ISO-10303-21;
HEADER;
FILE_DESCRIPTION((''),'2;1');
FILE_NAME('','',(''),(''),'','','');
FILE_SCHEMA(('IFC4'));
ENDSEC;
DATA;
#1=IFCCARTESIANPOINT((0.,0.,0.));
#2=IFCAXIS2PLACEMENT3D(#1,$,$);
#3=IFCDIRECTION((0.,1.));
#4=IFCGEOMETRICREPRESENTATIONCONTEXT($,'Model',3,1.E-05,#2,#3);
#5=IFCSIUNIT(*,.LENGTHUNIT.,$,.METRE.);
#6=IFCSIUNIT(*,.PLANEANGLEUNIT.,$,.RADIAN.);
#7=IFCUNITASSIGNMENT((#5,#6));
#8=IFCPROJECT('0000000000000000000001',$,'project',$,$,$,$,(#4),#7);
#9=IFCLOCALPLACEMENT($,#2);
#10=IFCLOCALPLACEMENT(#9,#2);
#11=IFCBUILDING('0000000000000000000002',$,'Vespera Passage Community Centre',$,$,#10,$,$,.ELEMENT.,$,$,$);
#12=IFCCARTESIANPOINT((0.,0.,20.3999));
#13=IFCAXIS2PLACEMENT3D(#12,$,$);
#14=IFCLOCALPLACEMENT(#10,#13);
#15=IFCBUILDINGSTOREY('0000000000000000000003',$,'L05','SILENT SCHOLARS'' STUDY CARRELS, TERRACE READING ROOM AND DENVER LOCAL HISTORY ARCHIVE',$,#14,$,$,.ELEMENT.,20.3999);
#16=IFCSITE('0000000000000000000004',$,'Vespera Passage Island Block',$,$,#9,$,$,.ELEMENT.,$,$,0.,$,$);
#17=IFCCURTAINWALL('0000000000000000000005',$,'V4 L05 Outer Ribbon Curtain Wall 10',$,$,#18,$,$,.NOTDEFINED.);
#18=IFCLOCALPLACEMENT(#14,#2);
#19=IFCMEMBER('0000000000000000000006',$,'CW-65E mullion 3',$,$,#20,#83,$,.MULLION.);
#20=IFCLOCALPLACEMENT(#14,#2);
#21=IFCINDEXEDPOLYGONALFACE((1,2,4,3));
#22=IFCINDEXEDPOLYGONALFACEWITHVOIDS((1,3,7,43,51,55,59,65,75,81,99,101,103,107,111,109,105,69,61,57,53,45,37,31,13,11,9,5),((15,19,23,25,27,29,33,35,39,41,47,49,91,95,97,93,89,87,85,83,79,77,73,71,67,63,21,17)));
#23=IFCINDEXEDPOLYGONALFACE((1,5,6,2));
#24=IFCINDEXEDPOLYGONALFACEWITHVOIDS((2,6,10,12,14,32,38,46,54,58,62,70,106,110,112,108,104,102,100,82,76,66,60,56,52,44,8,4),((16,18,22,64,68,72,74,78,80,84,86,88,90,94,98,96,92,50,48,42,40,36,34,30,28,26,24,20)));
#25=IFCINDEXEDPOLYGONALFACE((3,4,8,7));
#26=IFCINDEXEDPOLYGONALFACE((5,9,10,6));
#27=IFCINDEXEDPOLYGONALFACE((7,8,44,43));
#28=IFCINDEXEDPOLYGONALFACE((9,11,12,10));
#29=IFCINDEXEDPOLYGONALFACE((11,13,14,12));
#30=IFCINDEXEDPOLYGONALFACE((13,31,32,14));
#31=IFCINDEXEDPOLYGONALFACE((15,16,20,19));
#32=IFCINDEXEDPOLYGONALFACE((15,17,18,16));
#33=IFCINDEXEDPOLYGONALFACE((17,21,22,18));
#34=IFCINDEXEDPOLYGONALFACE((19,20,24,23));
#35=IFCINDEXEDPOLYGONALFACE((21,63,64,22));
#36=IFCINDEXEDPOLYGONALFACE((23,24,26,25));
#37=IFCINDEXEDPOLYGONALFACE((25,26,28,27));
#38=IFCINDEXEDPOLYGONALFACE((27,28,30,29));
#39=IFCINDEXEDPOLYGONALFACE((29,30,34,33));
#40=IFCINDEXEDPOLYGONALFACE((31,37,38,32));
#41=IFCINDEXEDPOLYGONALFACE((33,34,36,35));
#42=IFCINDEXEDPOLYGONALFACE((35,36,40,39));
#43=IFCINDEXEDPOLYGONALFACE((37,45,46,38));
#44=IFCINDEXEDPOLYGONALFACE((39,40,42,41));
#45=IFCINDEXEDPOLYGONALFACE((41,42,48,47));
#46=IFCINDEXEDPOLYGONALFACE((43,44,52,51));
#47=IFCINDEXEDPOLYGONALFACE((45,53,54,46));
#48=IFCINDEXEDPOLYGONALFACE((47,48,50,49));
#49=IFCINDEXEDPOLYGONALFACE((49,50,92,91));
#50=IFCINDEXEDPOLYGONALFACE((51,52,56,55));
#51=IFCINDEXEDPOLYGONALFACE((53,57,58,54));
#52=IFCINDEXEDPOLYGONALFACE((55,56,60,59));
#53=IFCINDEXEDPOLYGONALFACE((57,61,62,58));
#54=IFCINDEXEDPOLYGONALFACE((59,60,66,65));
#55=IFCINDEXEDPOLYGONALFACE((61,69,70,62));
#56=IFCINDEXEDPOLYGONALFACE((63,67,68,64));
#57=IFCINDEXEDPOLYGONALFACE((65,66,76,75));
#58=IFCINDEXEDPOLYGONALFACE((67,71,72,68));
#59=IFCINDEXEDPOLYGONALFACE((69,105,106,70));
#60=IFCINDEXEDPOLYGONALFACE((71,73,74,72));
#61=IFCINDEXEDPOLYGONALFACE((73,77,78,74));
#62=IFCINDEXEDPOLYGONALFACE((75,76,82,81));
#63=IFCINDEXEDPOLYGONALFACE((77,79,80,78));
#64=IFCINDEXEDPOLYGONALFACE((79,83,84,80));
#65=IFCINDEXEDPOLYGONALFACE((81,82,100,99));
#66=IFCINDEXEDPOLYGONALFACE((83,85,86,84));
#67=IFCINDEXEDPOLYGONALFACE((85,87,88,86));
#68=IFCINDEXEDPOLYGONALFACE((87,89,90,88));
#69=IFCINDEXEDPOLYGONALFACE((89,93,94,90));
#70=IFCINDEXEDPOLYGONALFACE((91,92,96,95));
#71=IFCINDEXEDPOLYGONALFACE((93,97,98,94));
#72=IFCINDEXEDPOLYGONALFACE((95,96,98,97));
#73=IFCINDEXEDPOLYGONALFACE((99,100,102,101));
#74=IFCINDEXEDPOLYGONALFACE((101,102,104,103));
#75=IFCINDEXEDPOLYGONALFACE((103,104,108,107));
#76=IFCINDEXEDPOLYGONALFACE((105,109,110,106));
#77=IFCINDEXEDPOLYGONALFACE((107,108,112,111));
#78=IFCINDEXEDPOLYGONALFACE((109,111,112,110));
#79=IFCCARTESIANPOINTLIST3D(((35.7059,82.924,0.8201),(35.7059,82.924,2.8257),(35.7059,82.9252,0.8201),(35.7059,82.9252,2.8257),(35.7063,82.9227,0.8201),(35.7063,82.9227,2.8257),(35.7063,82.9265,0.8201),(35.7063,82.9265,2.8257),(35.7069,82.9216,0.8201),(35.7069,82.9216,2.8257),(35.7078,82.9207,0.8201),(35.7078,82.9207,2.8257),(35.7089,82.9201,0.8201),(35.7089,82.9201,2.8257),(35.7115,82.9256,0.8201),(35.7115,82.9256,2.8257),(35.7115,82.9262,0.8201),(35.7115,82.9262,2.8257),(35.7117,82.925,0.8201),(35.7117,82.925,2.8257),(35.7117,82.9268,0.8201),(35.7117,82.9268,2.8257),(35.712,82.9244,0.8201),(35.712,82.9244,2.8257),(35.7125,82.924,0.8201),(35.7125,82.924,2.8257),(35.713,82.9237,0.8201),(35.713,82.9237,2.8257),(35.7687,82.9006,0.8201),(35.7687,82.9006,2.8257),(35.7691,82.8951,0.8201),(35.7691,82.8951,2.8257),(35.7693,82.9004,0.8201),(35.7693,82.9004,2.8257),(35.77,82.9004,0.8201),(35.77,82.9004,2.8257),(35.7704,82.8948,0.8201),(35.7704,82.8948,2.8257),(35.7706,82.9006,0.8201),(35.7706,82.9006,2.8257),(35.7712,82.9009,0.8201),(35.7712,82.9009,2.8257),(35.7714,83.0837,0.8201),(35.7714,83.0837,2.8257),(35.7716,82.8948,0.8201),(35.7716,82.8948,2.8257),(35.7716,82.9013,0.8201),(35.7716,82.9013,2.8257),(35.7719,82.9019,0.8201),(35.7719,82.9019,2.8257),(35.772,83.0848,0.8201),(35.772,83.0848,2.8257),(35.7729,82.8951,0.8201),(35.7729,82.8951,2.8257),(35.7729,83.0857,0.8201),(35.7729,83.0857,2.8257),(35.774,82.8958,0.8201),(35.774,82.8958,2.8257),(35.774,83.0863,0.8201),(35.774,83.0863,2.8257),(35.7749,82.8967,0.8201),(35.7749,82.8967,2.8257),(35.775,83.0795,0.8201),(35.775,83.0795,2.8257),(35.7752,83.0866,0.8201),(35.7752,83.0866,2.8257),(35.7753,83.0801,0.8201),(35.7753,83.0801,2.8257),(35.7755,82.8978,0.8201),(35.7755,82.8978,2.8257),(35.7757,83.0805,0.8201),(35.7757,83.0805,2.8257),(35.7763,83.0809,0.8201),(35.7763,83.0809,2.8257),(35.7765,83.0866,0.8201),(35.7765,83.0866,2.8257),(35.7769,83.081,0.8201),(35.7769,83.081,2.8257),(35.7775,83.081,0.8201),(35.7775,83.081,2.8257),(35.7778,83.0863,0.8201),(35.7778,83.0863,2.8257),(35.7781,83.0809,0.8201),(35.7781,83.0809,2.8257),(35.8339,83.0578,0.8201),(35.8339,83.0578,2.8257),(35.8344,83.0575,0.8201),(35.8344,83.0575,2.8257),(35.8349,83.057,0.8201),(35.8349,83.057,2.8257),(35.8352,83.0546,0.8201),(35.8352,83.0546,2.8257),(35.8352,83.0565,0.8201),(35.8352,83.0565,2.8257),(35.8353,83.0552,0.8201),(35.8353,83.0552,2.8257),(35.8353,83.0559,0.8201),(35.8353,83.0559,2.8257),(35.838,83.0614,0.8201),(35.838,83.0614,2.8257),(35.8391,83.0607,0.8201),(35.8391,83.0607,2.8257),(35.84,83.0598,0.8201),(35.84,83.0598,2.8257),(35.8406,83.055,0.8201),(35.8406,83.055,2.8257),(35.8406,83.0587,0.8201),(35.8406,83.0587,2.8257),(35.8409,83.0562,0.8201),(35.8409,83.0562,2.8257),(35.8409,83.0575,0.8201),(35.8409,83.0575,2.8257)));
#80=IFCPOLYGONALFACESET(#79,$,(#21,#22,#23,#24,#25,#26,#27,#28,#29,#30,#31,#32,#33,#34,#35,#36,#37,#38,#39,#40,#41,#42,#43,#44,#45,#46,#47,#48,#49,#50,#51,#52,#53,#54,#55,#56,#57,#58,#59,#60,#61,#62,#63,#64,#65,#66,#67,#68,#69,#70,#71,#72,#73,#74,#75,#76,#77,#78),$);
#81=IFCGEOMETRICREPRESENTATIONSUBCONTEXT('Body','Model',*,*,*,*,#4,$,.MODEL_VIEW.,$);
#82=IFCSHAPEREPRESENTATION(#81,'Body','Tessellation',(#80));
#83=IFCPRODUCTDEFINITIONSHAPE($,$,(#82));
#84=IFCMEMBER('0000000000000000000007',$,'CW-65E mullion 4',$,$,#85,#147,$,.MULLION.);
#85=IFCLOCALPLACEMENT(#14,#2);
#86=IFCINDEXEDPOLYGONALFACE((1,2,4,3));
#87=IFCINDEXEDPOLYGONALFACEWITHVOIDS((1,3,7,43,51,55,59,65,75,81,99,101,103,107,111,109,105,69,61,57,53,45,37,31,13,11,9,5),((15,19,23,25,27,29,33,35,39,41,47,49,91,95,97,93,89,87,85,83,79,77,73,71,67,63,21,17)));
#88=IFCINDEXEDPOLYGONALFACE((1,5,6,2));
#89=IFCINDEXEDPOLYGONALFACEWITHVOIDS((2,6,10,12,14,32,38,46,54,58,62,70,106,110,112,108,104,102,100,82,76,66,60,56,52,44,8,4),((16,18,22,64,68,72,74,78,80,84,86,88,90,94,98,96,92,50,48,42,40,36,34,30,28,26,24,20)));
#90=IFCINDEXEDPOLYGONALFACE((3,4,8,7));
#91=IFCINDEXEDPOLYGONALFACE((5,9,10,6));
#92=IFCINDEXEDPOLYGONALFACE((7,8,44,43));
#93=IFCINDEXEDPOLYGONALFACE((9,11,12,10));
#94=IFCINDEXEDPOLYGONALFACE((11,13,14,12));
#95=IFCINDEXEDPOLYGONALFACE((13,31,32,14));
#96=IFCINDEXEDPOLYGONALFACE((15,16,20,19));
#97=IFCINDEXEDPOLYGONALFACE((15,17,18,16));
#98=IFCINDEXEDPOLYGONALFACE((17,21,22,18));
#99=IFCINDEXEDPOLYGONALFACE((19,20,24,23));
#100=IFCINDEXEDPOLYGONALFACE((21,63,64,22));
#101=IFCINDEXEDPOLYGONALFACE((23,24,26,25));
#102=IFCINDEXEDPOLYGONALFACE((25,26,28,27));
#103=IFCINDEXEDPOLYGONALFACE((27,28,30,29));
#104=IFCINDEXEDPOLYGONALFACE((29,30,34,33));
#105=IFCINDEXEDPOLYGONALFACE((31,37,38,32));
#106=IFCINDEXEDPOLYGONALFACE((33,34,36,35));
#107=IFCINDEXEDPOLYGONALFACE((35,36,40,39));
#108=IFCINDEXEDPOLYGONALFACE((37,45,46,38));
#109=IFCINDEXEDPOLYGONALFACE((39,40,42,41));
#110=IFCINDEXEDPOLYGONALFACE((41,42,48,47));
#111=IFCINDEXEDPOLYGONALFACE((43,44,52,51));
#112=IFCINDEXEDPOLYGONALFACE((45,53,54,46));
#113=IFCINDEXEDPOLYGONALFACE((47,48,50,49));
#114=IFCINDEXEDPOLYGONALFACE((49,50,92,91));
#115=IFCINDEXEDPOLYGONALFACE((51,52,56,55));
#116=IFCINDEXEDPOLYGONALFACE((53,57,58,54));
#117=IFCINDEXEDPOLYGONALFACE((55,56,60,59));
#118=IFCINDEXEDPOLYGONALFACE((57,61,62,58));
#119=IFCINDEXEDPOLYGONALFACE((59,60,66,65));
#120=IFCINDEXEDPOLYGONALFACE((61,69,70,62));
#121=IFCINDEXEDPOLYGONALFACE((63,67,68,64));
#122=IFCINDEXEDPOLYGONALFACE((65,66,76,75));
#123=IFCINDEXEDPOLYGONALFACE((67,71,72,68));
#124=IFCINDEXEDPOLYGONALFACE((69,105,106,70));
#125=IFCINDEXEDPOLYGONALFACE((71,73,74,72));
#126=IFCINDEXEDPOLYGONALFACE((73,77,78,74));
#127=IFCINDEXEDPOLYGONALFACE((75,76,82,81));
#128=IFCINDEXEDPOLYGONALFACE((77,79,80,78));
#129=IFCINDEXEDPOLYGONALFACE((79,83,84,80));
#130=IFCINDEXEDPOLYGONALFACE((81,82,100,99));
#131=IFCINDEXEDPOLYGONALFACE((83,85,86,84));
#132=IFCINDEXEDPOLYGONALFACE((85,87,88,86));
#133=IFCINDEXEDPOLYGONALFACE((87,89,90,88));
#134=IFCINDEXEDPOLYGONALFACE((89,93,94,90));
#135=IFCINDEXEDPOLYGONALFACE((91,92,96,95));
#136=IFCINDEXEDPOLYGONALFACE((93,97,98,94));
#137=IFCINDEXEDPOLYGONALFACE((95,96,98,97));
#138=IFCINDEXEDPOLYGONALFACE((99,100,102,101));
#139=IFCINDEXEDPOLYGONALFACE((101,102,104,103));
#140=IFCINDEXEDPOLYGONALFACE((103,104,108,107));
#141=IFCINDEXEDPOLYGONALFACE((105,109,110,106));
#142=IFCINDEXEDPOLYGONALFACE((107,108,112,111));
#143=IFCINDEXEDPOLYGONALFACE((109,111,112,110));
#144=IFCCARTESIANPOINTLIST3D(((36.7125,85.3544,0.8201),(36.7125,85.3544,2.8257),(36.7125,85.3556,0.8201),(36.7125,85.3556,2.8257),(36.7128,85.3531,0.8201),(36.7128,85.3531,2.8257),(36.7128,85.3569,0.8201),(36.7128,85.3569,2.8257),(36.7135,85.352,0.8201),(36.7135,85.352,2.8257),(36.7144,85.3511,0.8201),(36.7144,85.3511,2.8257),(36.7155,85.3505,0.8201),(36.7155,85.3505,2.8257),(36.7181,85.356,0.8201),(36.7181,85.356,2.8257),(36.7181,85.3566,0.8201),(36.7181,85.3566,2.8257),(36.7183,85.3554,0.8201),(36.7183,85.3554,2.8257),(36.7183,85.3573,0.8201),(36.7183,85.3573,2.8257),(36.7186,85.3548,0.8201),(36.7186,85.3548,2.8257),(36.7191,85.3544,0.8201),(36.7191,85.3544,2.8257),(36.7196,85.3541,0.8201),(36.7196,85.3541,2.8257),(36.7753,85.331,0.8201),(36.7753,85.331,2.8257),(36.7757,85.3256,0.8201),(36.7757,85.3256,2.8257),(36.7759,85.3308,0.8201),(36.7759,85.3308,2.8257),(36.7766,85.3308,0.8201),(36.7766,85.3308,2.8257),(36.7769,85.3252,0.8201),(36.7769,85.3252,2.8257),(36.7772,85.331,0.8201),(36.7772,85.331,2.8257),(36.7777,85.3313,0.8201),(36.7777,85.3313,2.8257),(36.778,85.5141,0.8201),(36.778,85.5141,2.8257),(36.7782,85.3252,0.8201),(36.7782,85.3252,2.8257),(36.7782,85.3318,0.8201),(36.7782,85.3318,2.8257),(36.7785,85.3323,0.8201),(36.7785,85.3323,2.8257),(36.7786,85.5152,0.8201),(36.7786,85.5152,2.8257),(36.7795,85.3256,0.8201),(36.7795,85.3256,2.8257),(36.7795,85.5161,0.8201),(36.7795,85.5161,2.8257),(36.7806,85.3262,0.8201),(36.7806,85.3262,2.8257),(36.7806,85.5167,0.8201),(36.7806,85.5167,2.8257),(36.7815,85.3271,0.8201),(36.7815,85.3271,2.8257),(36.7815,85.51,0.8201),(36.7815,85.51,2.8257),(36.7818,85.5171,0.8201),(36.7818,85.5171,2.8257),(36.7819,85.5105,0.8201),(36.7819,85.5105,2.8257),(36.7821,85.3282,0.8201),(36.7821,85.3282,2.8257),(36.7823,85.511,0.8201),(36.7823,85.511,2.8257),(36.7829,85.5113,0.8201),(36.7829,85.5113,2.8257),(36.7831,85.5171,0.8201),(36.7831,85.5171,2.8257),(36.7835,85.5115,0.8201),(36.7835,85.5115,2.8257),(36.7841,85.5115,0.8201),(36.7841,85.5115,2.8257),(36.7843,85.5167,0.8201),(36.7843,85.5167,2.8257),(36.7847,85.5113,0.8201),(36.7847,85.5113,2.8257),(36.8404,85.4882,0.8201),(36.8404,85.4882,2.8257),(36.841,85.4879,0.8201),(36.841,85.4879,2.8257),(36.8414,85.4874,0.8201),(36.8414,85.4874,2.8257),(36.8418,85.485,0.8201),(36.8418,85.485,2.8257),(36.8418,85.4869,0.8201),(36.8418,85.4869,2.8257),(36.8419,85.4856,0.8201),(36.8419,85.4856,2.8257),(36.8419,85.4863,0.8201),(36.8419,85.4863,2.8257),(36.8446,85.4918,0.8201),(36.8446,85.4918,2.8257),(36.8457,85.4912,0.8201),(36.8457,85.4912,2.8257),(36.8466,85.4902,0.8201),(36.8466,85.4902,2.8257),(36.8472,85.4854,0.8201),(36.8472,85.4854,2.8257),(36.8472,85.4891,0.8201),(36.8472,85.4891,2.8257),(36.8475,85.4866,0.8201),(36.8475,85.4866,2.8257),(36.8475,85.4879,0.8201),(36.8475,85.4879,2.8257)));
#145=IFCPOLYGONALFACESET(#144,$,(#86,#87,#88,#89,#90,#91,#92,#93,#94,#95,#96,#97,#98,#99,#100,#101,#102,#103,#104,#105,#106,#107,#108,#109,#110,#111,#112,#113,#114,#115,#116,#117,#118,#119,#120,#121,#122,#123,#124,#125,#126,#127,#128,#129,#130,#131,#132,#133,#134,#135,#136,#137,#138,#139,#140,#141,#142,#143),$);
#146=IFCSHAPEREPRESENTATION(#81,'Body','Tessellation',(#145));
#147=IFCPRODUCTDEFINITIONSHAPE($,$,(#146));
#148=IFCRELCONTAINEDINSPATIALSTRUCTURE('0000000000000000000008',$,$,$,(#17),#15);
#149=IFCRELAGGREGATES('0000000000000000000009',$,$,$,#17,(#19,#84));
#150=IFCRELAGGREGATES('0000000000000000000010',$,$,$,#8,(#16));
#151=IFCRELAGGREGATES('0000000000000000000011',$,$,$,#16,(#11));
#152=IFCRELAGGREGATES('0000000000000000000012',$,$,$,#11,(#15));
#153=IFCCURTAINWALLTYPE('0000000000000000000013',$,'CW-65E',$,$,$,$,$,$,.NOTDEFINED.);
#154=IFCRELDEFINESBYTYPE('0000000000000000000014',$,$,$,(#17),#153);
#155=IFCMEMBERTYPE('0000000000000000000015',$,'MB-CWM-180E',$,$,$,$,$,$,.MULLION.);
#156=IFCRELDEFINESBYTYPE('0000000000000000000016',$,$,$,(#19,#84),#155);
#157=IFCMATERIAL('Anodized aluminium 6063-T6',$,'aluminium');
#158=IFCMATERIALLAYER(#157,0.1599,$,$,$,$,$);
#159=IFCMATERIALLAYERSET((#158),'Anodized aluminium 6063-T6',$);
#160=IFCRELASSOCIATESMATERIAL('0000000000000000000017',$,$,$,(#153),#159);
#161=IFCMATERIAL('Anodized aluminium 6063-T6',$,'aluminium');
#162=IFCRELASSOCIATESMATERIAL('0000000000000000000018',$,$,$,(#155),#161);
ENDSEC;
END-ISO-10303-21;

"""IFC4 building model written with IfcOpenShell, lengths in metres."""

from ifc_helpers import new_model, si_unit, direction, frame, origin, origin_2d, place, context, subcontext, project, spatial, hollow_rectangle, extrude, material, layer, layer_set, material_profile, profile_set, type_object, element, aggregate, save


model = new_model("IFC4")

# Units and contexts
model_context = context("Model", 3, precision=1e-05, world=origin(), true_north=direction((0.0, 1.0)))
body_context = subcontext(model_context, "Body", "Model", "MODEL_VIEW")
ifc_project = project(units=[si_unit("LENGTHUNIT", "METRE"), si_unit("PLANEANGLEUNIT", "RADIAN")], contexts=[model_context])

# Site, building, storey
site_placement = place(None, origin())
site = spatial("IfcSite", under=ifc_project, at=site_placement, Name="Vespera Passage Island Block", CompositionType="ELEMENT", RefElevation=0.0)
building_placement = place(site_placement, origin())
building = spatial("IfcBuilding", under=site, at=building_placement, Name="Vespera Passage Community Centre", CompositionType="ELEMENT")
storey_placement = place(building_placement, frame((0.0, 0.0, 20.3999)))
storey = spatial("IfcBuildingStorey", under=building, at=storey_placement, Name="L05", Description="SILENT SCHOLARS' STUDY CARRELS, TERRACE READING ROOM AND DENVER LOCAL HISTORY ARCHIVE", CompositionType="ELEMENT", Elevation=20.3999)

# Curtain wall, members
ifc_material_1 = material(Name="Anodized aluminium 6063-T6", Category="aluminium")
ifc_layer_1 = layer(ifc_material_1, 0.1599)
ifc_layer_set_1 = layer_set([ifc_layer_1], Name="Anodized aluminium 6063-T6")
curtain_wall_type_1 = type_object("IfcCurtainWallType", Name="CW-65E", PredefinedType="NOTDEFINED", material=ifc_layer_set_1)
curtain_wall_1_placement = place(storey_placement, origin())
curtain_wall_1 = element("IfcCurtainWall", 1, at=curtain_wall_1_placement, inside=storey, type_object=curtain_wall_type_1, Name="V4 L05 Outer Ribbon Curtain Wall 10", PredefinedType="NOTDEFINED")
ifc_material_2 = material(Name="Anodized aluminium 6063-T6", Category="aluminium")
ifc_material_profile_1 = material_profile(ifc_material_2, hollow_rectangle(XDim=0.075, YDim=0.1799, WallThickness=0.0049, InnerFilletRadius=0.0024, OuterFilletRadius=0.0049, at=origin_2d()), Name="ALU180X75X5")
ifc_profile_set_1 = profile_set([ifc_material_profile_1], Name="Anodized aluminium 6063-T6")
member_type_1 = type_object("IfcMemberType", Name="MB-CWM-180E", PredefinedType="MULLION", material=ifc_profile_set_1)
member_1_placement = place(storey_placement, frame((35.7734, 82.9907, 0.8201), z_axis=(0.0, 0.0, 1.0), x_axis=(-0.923881, 0.382679, 0.0)))
member_1 = element("IfcMember", 2, at=member_1_placement, type_object=member_type_1, Name="CW-65E mullion 3", PredefinedType="MULLION", context=body_context, shape_type="SweptSolid", body=[
    extrude(hollow_rectangle(XDim=0.075, YDim=0.1799, WallThickness=0.0049, InnerFilletRadius=0.0024, OuterFilletRadius=0.0049, at=origin_2d()), origin(), (0.0, 0.0, 1.0), 2.0056),
])
member_2_placement = place(storey_placement, frame((36.78, 85.4211, 0.8201), z_axis=(0.0, 0.0, 1.0), x_axis=(-0.923881, 0.382679, 0.0)))
member_2 = element("IfcMember", 3, at=member_2_placement, type_object=member_type_1, Name="CW-65E mullion 4", PredefinedType="MULLION", context=body_context, shape_type="SweptSolid", body=[
    extrude(hollow_rectangle(XDim=0.075, YDim=0.1799, WallThickness=0.0049, InnerFilletRadius=0.0024, OuterFilletRadius=0.0049, at=origin_2d()), origin(), (0.0, 0.0, 1.0), 2.0056),
])

aggregate(curtain_wall_1, [member_1, member_2])

save(model, "model.ifc")
